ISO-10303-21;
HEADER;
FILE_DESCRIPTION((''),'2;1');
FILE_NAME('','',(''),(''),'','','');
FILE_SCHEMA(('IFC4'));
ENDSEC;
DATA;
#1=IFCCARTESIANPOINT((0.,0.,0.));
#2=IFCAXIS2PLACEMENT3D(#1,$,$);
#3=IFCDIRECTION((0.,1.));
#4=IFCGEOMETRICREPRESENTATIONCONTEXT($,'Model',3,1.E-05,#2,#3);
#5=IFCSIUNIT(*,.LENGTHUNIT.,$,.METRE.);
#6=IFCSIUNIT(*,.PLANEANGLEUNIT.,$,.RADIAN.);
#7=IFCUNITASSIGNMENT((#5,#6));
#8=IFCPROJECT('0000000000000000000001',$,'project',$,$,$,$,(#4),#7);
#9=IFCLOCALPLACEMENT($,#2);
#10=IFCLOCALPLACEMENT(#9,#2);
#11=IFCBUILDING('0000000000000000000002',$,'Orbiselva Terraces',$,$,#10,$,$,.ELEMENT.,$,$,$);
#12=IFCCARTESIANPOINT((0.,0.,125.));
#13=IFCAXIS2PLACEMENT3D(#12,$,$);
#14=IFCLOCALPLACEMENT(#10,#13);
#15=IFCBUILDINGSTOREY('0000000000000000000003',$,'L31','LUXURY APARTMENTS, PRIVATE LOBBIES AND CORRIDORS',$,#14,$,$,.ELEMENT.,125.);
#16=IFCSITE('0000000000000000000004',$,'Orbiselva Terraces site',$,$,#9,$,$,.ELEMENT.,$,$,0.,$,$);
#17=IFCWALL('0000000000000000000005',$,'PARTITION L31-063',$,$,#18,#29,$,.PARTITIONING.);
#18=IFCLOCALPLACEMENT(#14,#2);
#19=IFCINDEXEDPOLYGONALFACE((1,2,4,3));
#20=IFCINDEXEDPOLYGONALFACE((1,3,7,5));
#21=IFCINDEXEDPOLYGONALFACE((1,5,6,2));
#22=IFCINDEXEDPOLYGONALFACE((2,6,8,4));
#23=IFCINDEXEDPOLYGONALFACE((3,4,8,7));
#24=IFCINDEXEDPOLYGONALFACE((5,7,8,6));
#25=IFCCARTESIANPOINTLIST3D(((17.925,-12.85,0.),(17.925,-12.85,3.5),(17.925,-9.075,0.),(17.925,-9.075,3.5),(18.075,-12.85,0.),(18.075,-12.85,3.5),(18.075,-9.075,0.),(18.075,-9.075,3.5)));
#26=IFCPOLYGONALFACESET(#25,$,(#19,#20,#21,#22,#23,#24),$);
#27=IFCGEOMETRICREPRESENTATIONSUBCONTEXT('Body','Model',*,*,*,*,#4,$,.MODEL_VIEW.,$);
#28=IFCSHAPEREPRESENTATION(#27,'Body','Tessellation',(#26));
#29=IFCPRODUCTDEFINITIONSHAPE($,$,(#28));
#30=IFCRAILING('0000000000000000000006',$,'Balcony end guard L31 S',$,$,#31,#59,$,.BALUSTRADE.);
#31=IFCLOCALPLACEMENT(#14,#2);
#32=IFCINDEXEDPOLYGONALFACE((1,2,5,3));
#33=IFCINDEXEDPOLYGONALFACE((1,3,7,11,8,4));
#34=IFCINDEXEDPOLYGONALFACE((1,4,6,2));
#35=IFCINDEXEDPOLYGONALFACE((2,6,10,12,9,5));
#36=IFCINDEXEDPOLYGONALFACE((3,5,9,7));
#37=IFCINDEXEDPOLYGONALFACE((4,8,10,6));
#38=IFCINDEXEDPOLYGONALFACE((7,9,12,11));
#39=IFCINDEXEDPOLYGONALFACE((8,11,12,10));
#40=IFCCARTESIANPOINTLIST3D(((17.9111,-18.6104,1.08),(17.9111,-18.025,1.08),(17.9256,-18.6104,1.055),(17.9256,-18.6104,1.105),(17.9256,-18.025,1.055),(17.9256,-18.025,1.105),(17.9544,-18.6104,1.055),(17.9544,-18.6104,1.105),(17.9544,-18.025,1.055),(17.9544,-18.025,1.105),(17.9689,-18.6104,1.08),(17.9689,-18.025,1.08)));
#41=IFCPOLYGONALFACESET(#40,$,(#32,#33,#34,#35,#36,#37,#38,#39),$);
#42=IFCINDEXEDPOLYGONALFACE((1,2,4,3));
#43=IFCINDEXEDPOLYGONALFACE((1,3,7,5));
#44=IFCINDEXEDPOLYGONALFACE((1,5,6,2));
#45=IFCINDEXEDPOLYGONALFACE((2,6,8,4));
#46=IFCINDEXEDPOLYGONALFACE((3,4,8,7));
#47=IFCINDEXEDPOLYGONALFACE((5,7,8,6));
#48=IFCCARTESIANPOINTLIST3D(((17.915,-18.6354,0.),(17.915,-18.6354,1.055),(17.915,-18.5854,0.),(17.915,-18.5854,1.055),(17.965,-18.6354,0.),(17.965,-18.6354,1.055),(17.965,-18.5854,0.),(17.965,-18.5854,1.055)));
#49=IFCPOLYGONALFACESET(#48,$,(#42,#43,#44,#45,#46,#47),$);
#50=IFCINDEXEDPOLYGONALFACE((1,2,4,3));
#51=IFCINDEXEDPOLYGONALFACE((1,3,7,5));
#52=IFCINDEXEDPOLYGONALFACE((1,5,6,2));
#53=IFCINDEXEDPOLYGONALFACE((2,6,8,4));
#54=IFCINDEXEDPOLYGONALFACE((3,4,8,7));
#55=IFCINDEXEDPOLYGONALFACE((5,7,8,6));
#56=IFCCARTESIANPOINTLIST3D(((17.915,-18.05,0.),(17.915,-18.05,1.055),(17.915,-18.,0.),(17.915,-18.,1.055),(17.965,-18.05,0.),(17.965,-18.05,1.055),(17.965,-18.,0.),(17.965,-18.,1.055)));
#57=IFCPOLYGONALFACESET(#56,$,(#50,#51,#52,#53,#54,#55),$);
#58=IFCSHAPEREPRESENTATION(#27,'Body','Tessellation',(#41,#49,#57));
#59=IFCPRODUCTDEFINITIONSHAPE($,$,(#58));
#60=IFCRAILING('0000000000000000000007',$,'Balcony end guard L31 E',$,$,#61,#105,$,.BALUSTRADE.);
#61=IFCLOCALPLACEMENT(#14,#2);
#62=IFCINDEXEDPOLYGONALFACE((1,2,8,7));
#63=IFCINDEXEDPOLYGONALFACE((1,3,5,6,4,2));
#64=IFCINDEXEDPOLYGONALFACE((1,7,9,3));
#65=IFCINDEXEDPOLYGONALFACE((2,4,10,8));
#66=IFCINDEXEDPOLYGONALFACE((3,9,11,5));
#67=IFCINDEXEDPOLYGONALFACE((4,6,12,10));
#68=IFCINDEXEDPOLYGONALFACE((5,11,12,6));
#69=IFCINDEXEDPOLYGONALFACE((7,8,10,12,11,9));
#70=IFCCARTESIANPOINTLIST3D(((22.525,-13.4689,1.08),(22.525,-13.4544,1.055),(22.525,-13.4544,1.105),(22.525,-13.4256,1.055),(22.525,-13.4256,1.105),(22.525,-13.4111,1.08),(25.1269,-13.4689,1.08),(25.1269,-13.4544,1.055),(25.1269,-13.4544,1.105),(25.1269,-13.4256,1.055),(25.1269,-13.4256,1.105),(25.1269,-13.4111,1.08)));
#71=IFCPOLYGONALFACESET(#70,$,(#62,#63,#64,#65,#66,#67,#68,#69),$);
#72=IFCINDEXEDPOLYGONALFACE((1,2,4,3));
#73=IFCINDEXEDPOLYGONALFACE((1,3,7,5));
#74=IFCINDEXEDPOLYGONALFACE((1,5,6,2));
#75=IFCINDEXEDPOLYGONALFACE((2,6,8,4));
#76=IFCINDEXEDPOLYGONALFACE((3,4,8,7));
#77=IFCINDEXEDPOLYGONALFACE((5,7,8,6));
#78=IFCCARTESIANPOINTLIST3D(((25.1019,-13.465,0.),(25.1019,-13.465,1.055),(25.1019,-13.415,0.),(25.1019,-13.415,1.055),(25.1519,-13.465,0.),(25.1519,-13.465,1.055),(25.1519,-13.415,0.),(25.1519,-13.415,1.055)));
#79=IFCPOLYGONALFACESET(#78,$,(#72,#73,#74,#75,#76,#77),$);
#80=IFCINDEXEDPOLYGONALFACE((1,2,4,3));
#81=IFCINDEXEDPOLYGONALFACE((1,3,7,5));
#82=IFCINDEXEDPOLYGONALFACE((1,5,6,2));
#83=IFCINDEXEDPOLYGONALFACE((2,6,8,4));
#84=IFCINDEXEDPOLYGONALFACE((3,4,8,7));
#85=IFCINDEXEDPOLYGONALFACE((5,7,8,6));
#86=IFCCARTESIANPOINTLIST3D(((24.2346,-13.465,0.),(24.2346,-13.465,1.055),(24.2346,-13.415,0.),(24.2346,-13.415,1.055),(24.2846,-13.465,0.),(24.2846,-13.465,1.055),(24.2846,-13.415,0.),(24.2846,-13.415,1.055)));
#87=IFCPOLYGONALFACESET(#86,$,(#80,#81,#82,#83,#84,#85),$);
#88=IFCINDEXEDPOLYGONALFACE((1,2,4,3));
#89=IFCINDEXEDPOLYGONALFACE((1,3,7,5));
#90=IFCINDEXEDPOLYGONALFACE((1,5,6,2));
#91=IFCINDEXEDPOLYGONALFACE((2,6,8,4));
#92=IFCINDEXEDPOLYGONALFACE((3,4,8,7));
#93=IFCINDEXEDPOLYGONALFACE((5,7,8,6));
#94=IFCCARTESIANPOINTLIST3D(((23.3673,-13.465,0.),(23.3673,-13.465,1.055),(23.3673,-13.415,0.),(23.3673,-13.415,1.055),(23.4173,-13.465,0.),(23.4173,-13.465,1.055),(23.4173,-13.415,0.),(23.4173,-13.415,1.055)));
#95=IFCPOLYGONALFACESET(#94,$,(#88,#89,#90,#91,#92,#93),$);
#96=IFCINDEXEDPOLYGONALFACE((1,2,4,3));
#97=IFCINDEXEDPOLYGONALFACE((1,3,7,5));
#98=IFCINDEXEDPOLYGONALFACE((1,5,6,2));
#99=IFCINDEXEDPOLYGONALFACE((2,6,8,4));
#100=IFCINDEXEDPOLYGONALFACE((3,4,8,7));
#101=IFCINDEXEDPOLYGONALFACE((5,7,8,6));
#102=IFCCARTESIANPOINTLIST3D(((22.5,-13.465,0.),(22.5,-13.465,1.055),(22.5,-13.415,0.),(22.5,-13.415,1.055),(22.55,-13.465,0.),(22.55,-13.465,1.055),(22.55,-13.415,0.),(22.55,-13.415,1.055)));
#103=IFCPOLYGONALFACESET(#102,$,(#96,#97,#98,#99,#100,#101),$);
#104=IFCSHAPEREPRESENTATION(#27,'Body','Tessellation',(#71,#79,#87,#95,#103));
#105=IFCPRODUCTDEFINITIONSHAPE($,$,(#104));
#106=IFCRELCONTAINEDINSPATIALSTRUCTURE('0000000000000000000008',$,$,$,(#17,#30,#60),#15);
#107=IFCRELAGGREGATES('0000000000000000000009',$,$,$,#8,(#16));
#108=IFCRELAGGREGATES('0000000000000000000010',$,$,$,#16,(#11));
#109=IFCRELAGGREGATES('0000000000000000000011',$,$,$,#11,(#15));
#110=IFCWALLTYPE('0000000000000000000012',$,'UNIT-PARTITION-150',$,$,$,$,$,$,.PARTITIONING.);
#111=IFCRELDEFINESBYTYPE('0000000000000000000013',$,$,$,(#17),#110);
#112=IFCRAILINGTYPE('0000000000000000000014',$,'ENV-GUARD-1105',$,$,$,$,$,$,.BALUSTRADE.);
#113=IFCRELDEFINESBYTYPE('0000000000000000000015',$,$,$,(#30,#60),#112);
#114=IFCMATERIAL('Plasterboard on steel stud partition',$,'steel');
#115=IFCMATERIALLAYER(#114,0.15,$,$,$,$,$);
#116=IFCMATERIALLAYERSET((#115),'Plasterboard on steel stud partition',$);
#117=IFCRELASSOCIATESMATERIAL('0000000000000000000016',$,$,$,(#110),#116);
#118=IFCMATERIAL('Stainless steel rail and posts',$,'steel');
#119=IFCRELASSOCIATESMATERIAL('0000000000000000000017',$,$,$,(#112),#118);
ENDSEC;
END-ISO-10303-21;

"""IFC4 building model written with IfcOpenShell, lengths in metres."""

from ifc_helpers import new_model, si_unit, direction, frame, frame_2d, origin, origin_2d, place, context, subcontext, project, spatial, polyline, rectangle, outline, extrude, material, layer, layer_set, type_object, element, save


model = new_model("IFC4")

# Units and contexts
model_context = context("Model", 3, precision=1e-05, world=origin(), true_north=direction((0.0, 1.0)))
body_context = subcontext(model_context, "Body", "Model", "MODEL_VIEW")
ifc_project = project(units=[si_unit("LENGTHUNIT", "METRE"), si_unit("PLANEANGLEUNIT", "RADIAN")], contexts=[model_context])

# Site, building, storey
site_placement = place(None, origin())
site = spatial("IfcSite", under=ifc_project, at=site_placement, Name="Orbiselva Terraces site", CompositionType="ELEMENT", RefElevation=0.0)
building_placement = place(site_placement, origin())
building = spatial("IfcBuilding", under=site, at=building_placement, Name="Orbiselva Terraces", CompositionType="ELEMENT")
storey_placement = place(building_placement, frame((0.0, 0.0, 125.0)))
storey = spatial("IfcBuildingStorey", under=building, at=storey_placement, Name="L31", Description="LUXURY APARTMENTS, PRIVATE LOBBIES AND CORRIDORS", CompositionType="ELEMENT", Elevation=125.0)

# Wall
ifc_material_1 = material(Name="Plasterboard on steel stud partition", Category="steel")
ifc_layer_1 = layer(ifc_material_1, 0.15)
ifc_layer_set_1 = layer_set([ifc_layer_1], Name="Plasterboard on steel stud partition")
wall_type_1 = type_object("IfcWallType", Name="UNIT-PARTITION-150", PredefinedType="PARTITIONING", material=ifc_layer_set_1)
wall_1_placement = place(storey_placement, frame((18.0, -12.85, 0.0), z_axis=(0.0, 0.0, 1.0), x_axis=(0.0, 1.0, 0.0)))
element("IfcWall", 1, at=wall_1_placement, inside=storey, type_object=wall_type_1, Name="PARTITION L31-063", PredefinedType="PARTITIONING", context=body_context, shape_type="SweptSolid", body=[
    extrude(rectangle(XDim=3.775, YDim=0.15, at=frame_2d((1.8875, 0.0))), origin(), (0.0, 0.0, 1.0), 3.5),
])

# Railings
ifc_material_2 = material(Name="Stainless steel rail and posts", Category="steel")
railing_type_1 = type_object("IfcRailingType", Name="ENV-GUARD-1105", PredefinedType="BALUSTRADE", material=ifc_material_2)
railing_1_placement = place(storey_placement, frame((17.94, -18.6104, 0.0)))
element("IfcRailing", 2, at=railing_1_placement, inside=storey, type_object=railing_type_1, Name="Balcony end guard L31 S", PredefinedType="BALUSTRADE", context=body_context, shape_type="SweptSolid", body=[
    extrude(outline(polyline([(0.0289, 0.0), (0.0144, 0.025), (-0.0144, 0.025), (-0.0289, 0.0), (-0.0144, -0.025), (0.0144, -0.025), (0.0289, 0.0)])), frame((0.0, 0.0, 1.08), z_axis=(0.0, 1.0, 0.0), x_axis=(-1.0, 0.0, 0.0)), (0.0, 0.0, 1.0), 0.5854),
    extrude(rectangle(XDim=0.05, YDim=0.05, at=origin_2d()), origin(), (0.0, 0.0, 1.0), 1.055),
    extrude(rectangle(XDim=0.05, YDim=0.05, at=origin_2d()), frame((0.0, 0.5854, 0.0)), (0.0, 0.0, 1.0), 1.055),
])
railing_2_placement = place(storey_placement, frame((25.1269, -13.44, 0.0)))
element("IfcRailing", 3, at=railing_2_placement, inside=storey, type_object=railing_type_1, Name="Balcony end guard L31 E", PredefinedType="BALUSTRADE", context=body_context, shape_type="SweptSolid", body=[
    extrude(outline(polyline([(0.0289, 0.0), (0.0144, 0.025), (-0.0144, 0.025), (-0.0289, 0.0), (-0.0144, -0.025), (0.0144, -0.025), (0.0289, 0.0)])), frame((0.0, 0.0, 1.08), z_axis=(-1.0, 0.0, 0.0), x_axis=(0.0, -1.0, 0.0)), (0.0, 0.0, 1.0), 2.6019),
    extrude(rectangle(XDim=0.05, YDim=0.05, at=origin_2d()), origin(), (0.0, 0.0, 1.0), 1.055),
    extrude(rectangle(XDim=0.05, YDim=0.05, at=origin_2d()), frame((-0.8673, 0.0, 0.0)), (0.0, 0.0, 1.0), 1.055),
    extrude(rectangle(XDim=0.05, YDim=0.05, at=origin_2d()), frame((-1.7346, 0.0, 0.0)), (0.0, 0.0, 1.0), 1.055),
    extrude(rectangle(XDim=0.05, YDim=0.05, at=origin_2d()), frame((-2.6019, 0.0, 0.0)), (0.0, 0.0, 1.0), 1.055),
])

save(model, "model.ifc")
